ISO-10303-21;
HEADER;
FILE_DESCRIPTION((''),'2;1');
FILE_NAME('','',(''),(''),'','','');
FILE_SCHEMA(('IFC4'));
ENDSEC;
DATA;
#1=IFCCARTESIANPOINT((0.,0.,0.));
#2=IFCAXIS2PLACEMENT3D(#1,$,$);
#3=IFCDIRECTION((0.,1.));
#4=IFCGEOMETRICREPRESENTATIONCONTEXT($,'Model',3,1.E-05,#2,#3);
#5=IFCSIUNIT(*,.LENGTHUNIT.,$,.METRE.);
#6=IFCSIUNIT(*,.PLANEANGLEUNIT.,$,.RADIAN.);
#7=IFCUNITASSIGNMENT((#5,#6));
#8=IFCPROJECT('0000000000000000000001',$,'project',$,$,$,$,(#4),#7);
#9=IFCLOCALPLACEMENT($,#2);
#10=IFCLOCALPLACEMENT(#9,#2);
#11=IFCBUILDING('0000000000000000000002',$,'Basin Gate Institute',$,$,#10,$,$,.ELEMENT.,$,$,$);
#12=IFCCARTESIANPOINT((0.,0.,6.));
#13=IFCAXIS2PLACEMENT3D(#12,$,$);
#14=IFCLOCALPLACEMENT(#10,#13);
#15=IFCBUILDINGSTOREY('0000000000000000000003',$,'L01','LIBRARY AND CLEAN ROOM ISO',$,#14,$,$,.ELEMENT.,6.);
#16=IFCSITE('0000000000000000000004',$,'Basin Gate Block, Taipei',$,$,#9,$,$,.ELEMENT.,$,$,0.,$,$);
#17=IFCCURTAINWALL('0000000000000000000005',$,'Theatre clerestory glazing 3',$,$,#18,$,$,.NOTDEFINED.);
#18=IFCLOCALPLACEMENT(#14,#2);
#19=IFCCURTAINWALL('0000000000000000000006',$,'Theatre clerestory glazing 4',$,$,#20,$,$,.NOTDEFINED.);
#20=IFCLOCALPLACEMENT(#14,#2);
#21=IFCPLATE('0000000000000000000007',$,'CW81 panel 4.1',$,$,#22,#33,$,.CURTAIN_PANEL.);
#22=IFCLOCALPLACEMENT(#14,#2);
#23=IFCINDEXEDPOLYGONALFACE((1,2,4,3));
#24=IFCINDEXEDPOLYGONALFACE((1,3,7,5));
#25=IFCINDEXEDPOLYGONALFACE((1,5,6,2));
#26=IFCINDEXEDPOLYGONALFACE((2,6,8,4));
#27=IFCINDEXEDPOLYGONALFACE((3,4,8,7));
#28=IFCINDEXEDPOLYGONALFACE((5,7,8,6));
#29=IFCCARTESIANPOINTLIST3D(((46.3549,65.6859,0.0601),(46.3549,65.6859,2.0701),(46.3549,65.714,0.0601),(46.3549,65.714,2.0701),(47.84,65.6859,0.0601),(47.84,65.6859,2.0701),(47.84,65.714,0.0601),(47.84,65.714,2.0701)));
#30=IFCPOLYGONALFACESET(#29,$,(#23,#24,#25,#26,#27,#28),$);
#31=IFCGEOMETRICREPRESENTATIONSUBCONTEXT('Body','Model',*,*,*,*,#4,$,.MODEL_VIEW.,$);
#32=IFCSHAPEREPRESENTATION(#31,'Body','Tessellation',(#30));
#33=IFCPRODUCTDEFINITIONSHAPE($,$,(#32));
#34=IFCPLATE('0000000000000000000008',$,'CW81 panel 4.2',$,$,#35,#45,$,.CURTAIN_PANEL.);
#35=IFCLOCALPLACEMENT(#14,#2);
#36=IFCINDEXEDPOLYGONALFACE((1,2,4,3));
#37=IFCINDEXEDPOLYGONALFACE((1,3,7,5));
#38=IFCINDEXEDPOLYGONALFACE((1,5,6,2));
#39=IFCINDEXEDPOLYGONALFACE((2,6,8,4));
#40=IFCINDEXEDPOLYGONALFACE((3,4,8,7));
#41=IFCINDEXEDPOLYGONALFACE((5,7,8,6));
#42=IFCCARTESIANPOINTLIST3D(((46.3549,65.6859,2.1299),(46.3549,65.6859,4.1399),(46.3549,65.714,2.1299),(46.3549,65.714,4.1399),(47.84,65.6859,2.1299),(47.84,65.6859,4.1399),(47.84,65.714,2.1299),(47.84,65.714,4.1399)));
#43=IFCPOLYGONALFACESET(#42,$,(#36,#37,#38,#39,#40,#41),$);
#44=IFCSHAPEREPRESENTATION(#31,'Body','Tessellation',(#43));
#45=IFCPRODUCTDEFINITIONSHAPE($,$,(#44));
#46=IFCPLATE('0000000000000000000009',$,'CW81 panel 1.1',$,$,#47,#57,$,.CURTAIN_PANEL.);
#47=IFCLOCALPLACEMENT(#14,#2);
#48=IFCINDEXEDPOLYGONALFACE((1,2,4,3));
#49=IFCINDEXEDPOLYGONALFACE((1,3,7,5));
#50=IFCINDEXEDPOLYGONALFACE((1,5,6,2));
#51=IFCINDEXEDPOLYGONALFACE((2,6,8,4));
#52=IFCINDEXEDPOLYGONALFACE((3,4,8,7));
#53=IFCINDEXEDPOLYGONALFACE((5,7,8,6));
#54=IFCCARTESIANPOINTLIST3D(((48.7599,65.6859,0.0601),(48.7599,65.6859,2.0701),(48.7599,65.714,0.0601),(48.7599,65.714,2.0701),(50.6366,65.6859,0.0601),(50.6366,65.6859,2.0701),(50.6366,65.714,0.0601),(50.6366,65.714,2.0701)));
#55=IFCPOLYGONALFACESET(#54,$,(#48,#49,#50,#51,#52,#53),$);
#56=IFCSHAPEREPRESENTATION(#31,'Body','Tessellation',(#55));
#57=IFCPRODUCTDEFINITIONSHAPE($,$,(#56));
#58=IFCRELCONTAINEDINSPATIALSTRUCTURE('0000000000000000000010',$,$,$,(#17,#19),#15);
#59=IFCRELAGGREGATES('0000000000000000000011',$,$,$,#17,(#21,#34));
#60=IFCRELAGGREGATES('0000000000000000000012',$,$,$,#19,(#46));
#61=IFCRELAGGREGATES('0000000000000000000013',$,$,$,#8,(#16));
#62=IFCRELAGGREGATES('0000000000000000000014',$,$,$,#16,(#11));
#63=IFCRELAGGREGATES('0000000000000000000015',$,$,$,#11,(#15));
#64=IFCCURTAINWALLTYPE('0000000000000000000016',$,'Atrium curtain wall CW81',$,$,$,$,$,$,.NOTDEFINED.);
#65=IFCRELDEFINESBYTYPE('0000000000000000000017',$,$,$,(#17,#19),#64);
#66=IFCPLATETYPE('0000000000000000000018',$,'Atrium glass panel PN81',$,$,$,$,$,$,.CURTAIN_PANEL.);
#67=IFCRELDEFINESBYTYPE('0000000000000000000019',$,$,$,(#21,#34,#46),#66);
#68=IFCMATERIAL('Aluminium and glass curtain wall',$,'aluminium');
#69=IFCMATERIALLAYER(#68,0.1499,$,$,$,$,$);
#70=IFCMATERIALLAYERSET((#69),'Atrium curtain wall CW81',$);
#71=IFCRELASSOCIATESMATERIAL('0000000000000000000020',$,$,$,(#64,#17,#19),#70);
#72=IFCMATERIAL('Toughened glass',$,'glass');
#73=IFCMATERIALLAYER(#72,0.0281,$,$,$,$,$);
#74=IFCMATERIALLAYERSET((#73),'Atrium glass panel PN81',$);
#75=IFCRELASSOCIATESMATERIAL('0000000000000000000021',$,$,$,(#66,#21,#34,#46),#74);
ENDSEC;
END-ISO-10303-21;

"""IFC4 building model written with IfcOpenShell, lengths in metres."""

from ifc_helpers import new_model, si_unit, direction, frame, origin, origin_2d, place, context, subcontext, project, spatial, rectangle, extrude, material, layer, layer_set, type_object, element, aggregate, save


model = new_model("IFC4")

# Units and contexts
model_context = context("Model", 3, precision=1e-05, world=origin(), true_north=direction((0.0, 1.0)))
body_context = subcontext(model_context, "Body", "Model", "MODEL_VIEW")
ifc_project = project(units=[si_unit("LENGTHUNIT", "METRE"), si_unit("PLANEANGLEUNIT", "RADIAN")], contexts=[model_context])

# Site, building, storey
site_placement = place(None, origin())
site = spatial("IfcSite", under=ifc_project, at=site_placement, Name="Basin Gate Block, Taipei", CompositionType="ELEMENT", RefElevation=0.0)
building_placement = place(site_placement, origin())
building = spatial("IfcBuilding", under=site, at=building_placement, Name="Basin Gate Institute", CompositionType="ELEMENT")
storey_placement = place(building_placement, frame((0.0, 0.0, 6.0)))
storey = spatial("IfcBuildingStorey", under=building, at=storey_placement, Name="L01", Description="LIBRARY AND CLEAN ROOM ISO", CompositionType="ELEMENT", Elevation=6.0)

# Curtain wall
ifc_material_1 = material(Name="Aluminium and glass curtain wall", Category="aluminium")
ifc_layer_1 = layer(ifc_material_1, 0.1499)
ifc_layer_set_1 = layer_set([ifc_layer_1], Name="Atrium curtain wall CW81")
curtain_wall_type = type_object("IfcCurtainWallType", Name="Atrium curtain wall CW81", PredefinedType="NOTDEFINED", material=ifc_layer_set_1)
curtain_wall_1_placement = place(storey_placement, origin())
curtain_wall_1 = element("IfcCurtainWall", 1, at=curtain_wall_1_placement, inside=storey, type_object=curtain_wall_type, material=ifc_layer_set_1, Name="Theatre clerestory glazing 3", PredefinedType="NOTDEFINED")

# Curtain wall
curtain_wall_2_placement = place(storey_placement, origin())
curtain_wall_2 = element("IfcCurtainWall", 2, at=curtain_wall_2_placement, inside=storey, type_object=curtain_wall_type, material=ifc_layer_set_1, Name="Theatre clerestory glazing 4", PredefinedType="NOTDEFINED")

# Plates
ifc_material_2 = material(Name="Toughened glass", Category="glass")
ifc_layer_2 = layer(ifc_material_2, 0.0281)
ifc_layer_set_2 = layer_set([ifc_layer_2], Name="Atrium glass panel PN81")
plate_type = type_object("IfcPlateType", Name="Atrium glass panel PN81", PredefinedType="CURTAIN_PANEL", material=ifc_layer_set_2)
plate_1_placement = place(storey_placement, frame((47.0974, 65.7, 0.0601), z_axis=(0.0, 0.0, 1.0), x_axis=(1.0, 0.0, 0.0)))
plate_1 = element("IfcPlate", 3, at=plate_1_placement, type_object=plate_type, material=ifc_layer_set_2, Name="CW81 panel 4.1", PredefinedType="CURTAIN_PANEL", context=body_context, shape_type="SweptSolid", body=[
    extrude(rectangle(XDim=1.4851, YDim=0.0281, at=origin_2d()), origin(), (0.0, 0.0, 1.0), 2.01),
])
plate_2_placement = place(storey_placement, frame((47.0974, 65.7, 2.1299), z_axis=(0.0, 0.0, 1.0), x_axis=(1.0, 0.0, 0.0)))
plate_2 = element("IfcPlate", 4, at=plate_2_placement, type_object=plate_type, material=ifc_layer_set_2, Name="CW81 panel 4.2", PredefinedType="CURTAIN_PANEL", context=body_context, shape_type="SweptSolid", body=[
    extrude(rectangle(XDim=1.4851, YDim=0.0281, at=origin_2d()), origin(), (0.0, 0.0, 1.0), 2.01),
])
aggregate(curtain_wall_1, [plate_1, plate_2])
plate_3_placement = place(storey_placement, frame((49.6982, 65.7, 0.0601), z_axis=(0.0, 0.0, 1.0), x_axis=(1.0, 0.0, 0.0)))
plate_3 = element("IfcPlate", 5, at=plate_3_placement, type_object=plate_type, material=ifc_layer_set_2, Name="CW81 panel 1.1", PredefinedType="CURTAIN_PANEL", context=body_context, shape_type="SweptSolid", body=[
    extrude(rectangle(XDim=1.8767, YDim=0.0281, at=origin_2d()), origin(), (0.0, 0.0, 1.0), 2.01),
])
aggregate(curtain_wall_2, [plate_3])

save(model, "model.ifc")
